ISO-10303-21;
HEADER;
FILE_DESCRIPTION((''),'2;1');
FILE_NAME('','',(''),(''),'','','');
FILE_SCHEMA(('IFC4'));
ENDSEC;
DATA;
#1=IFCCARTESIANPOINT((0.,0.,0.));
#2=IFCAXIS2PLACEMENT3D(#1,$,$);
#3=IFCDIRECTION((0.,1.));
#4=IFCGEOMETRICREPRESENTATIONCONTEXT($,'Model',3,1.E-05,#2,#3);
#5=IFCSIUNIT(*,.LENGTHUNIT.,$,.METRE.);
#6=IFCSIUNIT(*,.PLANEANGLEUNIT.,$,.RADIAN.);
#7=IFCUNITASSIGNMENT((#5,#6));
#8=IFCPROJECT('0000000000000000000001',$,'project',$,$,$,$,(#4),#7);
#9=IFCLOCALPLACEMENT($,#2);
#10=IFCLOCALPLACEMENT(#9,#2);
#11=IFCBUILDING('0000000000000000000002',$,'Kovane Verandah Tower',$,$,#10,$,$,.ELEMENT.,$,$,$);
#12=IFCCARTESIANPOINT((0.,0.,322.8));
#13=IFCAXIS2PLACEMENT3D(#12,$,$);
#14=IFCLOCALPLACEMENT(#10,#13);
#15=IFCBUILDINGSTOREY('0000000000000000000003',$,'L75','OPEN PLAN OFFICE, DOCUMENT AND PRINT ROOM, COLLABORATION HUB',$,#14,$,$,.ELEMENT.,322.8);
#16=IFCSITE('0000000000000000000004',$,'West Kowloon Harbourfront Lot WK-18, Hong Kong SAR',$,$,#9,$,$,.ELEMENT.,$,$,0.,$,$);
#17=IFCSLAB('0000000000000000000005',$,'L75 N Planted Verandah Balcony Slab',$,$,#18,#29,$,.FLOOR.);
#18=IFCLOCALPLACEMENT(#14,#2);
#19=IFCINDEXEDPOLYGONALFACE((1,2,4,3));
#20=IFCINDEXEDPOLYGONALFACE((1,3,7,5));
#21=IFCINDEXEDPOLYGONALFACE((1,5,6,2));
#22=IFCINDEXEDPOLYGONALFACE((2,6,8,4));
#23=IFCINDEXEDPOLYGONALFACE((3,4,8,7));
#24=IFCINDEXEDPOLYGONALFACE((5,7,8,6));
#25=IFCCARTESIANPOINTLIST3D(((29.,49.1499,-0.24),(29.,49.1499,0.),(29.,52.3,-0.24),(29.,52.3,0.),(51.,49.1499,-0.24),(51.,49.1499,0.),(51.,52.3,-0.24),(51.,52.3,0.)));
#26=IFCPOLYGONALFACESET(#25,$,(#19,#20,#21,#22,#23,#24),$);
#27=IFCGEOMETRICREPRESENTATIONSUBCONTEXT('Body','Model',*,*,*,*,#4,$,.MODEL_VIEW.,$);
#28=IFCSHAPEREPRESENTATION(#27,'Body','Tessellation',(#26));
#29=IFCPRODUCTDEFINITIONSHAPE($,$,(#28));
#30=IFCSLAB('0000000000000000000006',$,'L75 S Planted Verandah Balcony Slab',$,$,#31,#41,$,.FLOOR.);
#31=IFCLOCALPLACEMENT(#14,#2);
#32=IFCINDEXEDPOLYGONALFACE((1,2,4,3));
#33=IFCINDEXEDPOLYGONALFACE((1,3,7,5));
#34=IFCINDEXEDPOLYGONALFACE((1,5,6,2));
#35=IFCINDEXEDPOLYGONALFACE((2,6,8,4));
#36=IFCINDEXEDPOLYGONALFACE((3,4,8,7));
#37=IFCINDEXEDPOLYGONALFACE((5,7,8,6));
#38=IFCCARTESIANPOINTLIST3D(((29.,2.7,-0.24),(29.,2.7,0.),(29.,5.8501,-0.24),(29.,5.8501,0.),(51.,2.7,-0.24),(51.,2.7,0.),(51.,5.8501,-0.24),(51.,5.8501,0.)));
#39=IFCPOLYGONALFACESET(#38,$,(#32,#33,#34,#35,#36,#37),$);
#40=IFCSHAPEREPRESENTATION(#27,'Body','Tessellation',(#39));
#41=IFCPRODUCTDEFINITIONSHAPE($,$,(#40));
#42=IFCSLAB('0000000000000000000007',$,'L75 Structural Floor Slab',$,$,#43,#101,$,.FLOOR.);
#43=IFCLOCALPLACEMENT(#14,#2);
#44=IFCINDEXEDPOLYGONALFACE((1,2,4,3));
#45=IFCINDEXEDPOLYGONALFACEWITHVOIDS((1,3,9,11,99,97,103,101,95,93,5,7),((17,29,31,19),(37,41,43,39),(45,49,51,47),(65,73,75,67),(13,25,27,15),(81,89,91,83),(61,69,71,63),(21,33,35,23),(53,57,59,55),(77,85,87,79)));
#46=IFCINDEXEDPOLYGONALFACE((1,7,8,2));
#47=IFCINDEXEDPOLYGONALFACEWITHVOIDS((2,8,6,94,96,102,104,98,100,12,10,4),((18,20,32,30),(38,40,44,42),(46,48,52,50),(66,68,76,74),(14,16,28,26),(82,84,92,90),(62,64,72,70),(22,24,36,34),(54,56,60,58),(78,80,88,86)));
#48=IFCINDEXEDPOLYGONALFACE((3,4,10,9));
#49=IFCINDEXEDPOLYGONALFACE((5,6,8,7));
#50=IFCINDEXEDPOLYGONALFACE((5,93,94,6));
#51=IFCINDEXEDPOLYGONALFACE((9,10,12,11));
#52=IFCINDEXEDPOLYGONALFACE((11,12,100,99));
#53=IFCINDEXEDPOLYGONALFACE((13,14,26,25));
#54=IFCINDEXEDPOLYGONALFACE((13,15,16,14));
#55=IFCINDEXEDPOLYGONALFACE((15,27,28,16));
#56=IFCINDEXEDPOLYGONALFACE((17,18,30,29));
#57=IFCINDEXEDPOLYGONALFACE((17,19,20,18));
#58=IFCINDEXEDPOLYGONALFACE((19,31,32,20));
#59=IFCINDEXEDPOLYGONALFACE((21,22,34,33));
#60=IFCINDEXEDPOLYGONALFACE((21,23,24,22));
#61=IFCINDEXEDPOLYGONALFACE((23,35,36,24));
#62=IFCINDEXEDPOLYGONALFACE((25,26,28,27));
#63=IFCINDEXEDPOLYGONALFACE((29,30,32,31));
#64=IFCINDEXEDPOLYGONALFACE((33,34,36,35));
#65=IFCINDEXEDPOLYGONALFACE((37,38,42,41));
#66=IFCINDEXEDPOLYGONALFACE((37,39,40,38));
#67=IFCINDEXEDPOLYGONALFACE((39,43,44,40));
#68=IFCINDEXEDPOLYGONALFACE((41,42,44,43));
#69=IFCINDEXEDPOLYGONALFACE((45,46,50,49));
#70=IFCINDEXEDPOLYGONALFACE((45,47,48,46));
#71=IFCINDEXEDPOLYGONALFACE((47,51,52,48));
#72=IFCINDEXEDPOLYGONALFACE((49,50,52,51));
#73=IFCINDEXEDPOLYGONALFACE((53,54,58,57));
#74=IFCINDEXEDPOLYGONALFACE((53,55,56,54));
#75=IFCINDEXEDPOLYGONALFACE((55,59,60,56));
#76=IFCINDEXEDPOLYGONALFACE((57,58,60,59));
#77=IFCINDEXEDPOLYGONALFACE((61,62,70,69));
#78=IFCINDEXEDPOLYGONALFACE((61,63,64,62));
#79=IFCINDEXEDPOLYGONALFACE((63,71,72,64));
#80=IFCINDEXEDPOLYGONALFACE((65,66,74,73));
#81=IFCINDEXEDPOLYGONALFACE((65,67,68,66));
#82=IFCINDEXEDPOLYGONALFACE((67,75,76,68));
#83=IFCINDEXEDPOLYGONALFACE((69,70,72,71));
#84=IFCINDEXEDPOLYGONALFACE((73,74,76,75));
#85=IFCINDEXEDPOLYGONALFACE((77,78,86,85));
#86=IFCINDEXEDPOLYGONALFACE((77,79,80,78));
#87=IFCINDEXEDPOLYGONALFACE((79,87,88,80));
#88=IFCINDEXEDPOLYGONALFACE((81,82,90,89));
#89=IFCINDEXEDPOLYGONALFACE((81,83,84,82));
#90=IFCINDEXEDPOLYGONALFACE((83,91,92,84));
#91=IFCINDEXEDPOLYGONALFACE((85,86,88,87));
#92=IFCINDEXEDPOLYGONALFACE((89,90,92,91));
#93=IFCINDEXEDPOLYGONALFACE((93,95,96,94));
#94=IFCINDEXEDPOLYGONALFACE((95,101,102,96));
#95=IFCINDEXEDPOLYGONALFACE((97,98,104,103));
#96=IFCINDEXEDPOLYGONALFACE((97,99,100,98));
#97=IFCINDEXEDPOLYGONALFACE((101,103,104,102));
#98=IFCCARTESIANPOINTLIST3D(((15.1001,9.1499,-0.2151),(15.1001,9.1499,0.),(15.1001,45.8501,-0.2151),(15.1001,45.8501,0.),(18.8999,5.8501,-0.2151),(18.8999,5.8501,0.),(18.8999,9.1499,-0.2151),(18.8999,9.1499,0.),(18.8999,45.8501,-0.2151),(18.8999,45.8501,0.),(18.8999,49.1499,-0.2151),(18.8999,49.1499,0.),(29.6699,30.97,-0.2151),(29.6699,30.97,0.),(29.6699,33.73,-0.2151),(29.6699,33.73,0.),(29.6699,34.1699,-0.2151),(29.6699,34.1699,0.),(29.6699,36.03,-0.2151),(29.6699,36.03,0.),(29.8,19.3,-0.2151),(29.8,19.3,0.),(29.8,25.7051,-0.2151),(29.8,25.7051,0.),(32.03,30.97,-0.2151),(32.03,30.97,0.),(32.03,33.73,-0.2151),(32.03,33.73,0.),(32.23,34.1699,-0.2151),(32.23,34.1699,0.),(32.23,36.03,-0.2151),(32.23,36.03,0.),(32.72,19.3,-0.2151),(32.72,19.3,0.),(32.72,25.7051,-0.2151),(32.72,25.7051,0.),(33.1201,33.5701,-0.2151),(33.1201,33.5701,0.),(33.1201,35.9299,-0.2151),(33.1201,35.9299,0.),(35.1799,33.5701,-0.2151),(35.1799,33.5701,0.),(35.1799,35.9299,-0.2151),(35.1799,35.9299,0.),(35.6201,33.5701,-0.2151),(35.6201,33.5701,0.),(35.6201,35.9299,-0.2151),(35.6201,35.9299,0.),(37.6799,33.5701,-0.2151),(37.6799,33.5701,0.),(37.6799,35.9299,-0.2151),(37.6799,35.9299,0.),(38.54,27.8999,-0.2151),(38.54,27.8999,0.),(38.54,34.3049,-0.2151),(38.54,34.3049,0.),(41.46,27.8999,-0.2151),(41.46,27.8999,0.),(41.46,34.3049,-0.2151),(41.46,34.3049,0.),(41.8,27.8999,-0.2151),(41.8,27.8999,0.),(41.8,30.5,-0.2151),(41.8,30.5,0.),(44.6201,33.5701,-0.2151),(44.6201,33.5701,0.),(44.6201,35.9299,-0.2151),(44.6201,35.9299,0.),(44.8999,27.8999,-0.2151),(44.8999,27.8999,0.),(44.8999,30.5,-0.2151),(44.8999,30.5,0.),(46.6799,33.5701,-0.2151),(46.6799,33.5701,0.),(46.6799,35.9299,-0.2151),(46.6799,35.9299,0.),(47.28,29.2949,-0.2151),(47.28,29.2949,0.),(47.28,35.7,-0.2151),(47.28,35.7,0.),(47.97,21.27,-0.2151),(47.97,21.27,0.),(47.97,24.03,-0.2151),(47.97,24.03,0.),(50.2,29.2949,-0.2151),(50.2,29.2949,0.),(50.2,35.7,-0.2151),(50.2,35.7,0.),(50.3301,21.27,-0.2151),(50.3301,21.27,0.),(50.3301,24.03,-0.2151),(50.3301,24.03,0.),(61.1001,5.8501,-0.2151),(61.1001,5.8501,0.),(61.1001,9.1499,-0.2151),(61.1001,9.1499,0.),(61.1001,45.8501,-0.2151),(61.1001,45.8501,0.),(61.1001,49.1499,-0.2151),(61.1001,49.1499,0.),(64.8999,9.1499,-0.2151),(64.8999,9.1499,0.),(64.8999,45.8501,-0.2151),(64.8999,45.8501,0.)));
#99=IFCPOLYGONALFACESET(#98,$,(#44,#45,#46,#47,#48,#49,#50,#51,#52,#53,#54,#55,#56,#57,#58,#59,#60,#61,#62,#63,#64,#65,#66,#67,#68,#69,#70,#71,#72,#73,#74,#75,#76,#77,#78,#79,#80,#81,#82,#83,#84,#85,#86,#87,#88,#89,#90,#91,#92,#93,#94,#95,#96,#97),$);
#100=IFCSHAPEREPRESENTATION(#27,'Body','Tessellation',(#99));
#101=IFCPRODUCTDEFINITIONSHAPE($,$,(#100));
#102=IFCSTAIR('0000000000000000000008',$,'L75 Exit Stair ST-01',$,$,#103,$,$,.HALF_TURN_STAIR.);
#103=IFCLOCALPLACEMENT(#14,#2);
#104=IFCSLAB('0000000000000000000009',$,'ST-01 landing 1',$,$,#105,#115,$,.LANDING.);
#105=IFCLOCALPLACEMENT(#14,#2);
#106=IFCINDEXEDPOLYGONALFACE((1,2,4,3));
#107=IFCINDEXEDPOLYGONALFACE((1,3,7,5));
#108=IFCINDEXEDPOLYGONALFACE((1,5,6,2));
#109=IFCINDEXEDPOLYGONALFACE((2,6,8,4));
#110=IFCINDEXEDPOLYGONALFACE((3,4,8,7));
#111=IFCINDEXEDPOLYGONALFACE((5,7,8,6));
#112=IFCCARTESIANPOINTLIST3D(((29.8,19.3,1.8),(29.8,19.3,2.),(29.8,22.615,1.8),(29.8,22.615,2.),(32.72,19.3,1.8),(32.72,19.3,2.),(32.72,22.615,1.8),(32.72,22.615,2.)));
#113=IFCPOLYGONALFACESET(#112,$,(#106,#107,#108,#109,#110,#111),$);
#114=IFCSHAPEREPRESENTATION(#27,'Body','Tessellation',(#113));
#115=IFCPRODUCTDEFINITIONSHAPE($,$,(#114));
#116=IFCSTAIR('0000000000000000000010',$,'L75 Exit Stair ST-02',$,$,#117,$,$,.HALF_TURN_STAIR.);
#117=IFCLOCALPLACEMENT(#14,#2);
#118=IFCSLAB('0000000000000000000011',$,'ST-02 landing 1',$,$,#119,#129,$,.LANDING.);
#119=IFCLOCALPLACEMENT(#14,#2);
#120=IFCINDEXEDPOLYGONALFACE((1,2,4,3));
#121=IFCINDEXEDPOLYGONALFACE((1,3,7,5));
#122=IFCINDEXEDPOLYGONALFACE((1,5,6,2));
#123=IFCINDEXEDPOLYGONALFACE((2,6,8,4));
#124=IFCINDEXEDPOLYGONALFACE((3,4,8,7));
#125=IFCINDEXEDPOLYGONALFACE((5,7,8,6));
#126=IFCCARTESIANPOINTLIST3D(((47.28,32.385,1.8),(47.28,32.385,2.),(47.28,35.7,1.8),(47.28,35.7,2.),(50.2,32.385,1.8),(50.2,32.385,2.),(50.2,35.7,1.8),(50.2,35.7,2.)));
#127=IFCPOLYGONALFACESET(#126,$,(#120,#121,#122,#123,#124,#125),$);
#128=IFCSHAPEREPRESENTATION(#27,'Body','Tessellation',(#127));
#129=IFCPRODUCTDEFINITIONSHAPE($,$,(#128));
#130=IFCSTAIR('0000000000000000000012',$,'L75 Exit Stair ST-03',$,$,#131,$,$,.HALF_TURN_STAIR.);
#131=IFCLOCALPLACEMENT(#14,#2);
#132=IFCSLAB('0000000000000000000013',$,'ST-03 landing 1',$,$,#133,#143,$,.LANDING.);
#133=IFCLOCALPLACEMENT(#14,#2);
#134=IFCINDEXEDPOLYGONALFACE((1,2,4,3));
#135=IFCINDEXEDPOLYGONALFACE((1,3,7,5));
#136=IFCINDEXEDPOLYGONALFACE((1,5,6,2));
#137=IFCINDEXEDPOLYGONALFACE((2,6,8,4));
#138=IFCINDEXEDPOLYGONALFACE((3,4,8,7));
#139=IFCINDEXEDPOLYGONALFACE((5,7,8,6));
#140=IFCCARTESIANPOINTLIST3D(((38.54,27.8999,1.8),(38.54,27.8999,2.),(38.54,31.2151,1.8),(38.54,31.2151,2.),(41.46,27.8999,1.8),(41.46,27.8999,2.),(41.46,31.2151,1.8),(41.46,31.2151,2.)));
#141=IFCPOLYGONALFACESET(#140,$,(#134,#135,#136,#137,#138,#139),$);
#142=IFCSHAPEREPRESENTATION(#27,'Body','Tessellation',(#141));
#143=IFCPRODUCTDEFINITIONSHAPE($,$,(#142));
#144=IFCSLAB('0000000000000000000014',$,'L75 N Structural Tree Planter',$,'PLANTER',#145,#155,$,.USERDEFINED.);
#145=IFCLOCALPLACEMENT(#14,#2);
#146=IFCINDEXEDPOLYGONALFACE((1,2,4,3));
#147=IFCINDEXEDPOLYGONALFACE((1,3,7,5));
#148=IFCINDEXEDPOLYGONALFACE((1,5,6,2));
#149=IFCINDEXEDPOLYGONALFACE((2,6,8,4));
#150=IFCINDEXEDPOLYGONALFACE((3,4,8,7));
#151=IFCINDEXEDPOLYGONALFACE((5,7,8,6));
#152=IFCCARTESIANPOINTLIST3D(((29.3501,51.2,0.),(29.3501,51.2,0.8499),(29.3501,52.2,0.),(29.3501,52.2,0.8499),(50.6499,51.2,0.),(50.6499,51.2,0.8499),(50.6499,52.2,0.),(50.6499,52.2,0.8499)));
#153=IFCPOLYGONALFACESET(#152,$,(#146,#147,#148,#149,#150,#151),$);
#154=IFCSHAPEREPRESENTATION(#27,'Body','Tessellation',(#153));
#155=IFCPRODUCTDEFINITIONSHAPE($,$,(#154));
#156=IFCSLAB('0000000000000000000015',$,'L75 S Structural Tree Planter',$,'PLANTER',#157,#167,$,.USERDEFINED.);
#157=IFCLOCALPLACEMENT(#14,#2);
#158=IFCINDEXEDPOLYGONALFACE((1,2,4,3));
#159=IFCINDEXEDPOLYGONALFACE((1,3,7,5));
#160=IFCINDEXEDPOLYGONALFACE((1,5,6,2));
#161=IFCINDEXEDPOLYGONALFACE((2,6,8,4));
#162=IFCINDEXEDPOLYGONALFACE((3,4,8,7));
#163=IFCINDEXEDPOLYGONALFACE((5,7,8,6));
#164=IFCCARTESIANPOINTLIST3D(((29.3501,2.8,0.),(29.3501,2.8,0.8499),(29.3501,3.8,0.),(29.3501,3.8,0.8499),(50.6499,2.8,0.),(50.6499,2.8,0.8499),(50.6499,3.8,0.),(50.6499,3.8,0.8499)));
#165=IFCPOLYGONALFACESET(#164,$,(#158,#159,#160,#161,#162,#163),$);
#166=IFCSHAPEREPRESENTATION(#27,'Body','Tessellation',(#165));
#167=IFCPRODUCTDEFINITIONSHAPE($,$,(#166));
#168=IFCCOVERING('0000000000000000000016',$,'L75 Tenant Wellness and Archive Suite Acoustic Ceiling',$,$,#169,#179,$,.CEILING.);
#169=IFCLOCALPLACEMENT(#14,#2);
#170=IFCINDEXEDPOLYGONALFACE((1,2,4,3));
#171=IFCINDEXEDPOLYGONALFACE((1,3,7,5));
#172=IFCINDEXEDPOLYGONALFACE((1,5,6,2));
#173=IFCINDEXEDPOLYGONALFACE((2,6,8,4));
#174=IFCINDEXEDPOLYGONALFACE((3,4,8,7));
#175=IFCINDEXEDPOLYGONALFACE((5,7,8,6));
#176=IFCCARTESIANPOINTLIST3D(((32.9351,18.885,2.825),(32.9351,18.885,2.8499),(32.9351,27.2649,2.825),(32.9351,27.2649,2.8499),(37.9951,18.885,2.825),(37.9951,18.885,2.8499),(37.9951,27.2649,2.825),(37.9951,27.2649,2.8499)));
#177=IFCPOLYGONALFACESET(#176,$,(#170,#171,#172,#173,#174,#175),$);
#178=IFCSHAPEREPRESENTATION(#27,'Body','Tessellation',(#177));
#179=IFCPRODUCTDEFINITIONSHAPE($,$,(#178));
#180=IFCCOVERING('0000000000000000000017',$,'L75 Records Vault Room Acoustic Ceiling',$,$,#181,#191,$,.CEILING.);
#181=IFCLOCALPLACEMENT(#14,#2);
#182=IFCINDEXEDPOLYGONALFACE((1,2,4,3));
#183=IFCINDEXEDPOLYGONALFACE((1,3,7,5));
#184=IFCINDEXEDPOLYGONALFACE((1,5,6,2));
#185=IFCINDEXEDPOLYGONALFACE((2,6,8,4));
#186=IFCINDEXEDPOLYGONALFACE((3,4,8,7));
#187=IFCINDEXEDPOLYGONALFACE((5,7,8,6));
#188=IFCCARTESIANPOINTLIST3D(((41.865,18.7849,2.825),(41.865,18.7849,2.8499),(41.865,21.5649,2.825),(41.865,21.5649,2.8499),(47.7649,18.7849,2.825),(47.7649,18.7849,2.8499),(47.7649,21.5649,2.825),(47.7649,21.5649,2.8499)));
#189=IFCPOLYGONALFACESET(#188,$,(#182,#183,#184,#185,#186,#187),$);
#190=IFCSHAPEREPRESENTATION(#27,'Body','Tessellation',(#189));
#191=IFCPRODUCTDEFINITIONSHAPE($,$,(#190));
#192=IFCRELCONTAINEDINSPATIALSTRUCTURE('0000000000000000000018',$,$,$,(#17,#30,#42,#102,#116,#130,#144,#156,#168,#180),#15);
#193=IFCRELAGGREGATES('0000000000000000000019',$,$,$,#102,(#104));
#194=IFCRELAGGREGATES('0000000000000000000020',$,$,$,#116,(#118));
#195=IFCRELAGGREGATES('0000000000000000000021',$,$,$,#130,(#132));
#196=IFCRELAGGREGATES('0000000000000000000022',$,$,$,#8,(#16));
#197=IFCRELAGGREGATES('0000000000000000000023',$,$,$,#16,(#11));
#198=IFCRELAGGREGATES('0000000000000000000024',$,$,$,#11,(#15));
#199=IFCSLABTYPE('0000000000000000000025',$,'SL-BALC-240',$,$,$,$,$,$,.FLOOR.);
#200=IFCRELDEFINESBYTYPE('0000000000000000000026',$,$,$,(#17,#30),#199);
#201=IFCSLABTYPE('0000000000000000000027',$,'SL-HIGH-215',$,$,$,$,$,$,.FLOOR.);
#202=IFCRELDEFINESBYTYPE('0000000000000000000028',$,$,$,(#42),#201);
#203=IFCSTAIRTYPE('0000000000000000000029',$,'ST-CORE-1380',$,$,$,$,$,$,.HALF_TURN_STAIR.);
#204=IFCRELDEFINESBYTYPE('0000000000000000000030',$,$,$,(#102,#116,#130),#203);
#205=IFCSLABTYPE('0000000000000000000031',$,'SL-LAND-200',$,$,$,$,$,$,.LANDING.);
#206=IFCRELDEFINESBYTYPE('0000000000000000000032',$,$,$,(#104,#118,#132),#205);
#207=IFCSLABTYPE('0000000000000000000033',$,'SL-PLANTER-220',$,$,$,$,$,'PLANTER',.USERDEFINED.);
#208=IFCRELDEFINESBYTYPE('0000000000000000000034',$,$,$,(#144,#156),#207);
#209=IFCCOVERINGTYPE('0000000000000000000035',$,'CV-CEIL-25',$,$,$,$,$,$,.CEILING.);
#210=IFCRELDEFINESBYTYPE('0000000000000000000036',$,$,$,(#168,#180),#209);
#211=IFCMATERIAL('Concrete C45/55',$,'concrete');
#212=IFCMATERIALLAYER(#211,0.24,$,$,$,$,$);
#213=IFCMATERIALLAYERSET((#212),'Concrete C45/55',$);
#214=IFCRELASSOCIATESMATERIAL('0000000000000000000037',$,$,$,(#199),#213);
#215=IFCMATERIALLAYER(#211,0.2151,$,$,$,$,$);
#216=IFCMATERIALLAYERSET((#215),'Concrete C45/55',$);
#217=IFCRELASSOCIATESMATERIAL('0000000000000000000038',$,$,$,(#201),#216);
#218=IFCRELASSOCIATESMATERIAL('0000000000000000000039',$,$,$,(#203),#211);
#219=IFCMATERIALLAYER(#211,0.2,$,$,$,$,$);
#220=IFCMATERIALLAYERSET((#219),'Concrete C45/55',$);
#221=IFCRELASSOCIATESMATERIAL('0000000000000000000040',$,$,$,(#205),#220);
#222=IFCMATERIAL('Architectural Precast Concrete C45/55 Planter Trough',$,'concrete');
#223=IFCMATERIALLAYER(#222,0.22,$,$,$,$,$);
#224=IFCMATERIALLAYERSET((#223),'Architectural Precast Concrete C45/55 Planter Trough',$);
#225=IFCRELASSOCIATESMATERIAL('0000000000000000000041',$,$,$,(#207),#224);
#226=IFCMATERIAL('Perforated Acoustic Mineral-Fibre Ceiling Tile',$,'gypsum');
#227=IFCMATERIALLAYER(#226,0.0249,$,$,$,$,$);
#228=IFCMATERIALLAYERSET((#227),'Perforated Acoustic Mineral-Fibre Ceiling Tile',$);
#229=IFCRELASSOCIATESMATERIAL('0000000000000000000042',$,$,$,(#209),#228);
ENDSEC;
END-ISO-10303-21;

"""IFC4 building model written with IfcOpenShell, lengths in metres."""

from ifc_helpers import new_model, si_unit, direction, frame, origin, place, context, subcontext, project, spatial, polyline, outline, extrude, material, layer, layer_set, type_object, element, aggregate, save


model = new_model("IFC4")

# Units and contexts
model_context = context("Model", 3, precision=1e-05, world=origin(), true_north=direction((0.0, 1.0)))
body_context = subcontext(model_context, "Body", "Model", "MODEL_VIEW")
ifc_project = project(units=[si_unit("LENGTHUNIT", "METRE"), si_unit("PLANEANGLEUNIT", "RADIAN")], contexts=[model_context])

# Site, building, storey
site_placement = place(None, origin())
site = spatial("IfcSite", under=ifc_project, at=site_placement, Name="West Kowloon Harbourfront Lot WK-18, Hong Kong SAR", CompositionType="ELEMENT", RefElevation=0.0)
building_placement = place(site_placement, origin())
building = spatial("IfcBuilding", under=site, at=building_placement, Name="Kovane Verandah Tower", CompositionType="ELEMENT")
storey_placement = place(building_placement, frame((0.0, 0.0, 322.8)))
storey = spatial("IfcBuildingStorey", under=building, at=storey_placement, Name="L75", Description="OPEN PLAN OFFICE, DOCUMENT AND PRINT ROOM, COLLABORATION HUB", CompositionType="ELEMENT", Elevation=322.8)

# Slabs
ifc_material_1 = material(Name="Concrete C45/55", Category="concrete")
ifc_layer_1 = layer(ifc_material_1, 0.24)
ifc_layer_set_1 = layer_set([ifc_layer_1], Name="Concrete C45/55")
slab_type_1 = type_object("IfcSlabType", Name="SL-BALC-240", PredefinedType="FLOOR", material=ifc_layer_set_1)
slab_1_placement = place(storey_placement, frame((0.0, 0.0, -0.24)))
element("IfcSlab", 1, at=slab_1_placement, inside=storey, type_object=slab_type_1, Name="L75 N Planted Verandah Balcony Slab", PredefinedType="FLOOR", context=body_context, shape_type="SweptSolid", body=[
    extrude(outline(polyline([(29.0, 49.1499), (51.0, 49.1499), (51.0, 52.3), (29.0, 52.3), (29.0, 49.1499)])), origin(), (0.0, 0.0, 1.0), 0.24),
])
slab_2_placement = place(storey_placement, frame((0.0, 0.0, -0.24)))
element("IfcSlab", 2, at=slab_2_placement, inside=storey, type_object=slab_type_1, Name="L75 S Planted Verandah Balcony Slab", PredefinedType="FLOOR", context=body_context, shape_type="SweptSolid", body=[
    extrude(outline(polyline([(29.0, 2.7), (51.0, 2.7), (51.0, 5.8501), (29.0, 5.8501), (29.0, 2.7)])), origin(), (0.0, 0.0, 1.0), 0.24),
])
ifc_layer_2 = layer(ifc_material_1, 0.2151)
ifc_layer_set_2 = layer_set([ifc_layer_2], Name="Concrete C45/55")
slab_type_2 = type_object("IfcSlabType", Name="SL-HIGH-215", PredefinedType="FLOOR", material=ifc_layer_set_2)
slab_3_placement = place(storey_placement, frame((0.0, 0.0, -0.2151)))
element("IfcSlab", 3, at=slab_3_placement, inside=storey, type_object=slab_type_2, Name="L75 Structural Floor Slab", PredefinedType="FLOOR", context=body_context, shape_type="SweptSolid", body=[
    extrude(outline(polyline([(18.8999, 5.8501), (61.1001, 5.8501), (61.1001, 9.1499), (64.8999, 9.1499), (64.8999, 45.8501), (61.1001, 45.8501), (61.1001, 49.1499), (18.8999, 49.1499), (18.8999, 45.8501), (15.1001, 45.8501), (15.1001, 9.1499), (18.8999, 9.1499), (18.8999, 5.8501)]), holes=[polyline([(29.8, 19.3), (32.72, 19.3), (32.72, 25.7051), (29.8, 25.7051), (29.8, 19.3)]), polyline([(47.28, 29.2949), (50.2, 29.2949), (50.2, 35.7), (47.28, 35.7), (47.28, 29.2949)]), polyline([(38.54, 27.8999), (41.46, 27.8999), (41.46, 34.3049), (38.54, 34.3049), (38.54, 27.8999)]), polyline([(29.6699, 30.97), (32.03, 30.97), (32.03, 33.73), (29.6699, 33.73), (29.6699, 30.97)]), polyline([(47.97, 21.27), (50.3301, 21.27), (50.3301, 24.03), (47.97, 24.03), (47.97, 21.27)]), polyline([(29.6699, 34.1699), (32.23, 34.1699), (32.23, 36.03), (29.6699, 36.03), (29.6699, 34.1699)]), polyline([(33.1201, 33.5701), (35.1799, 33.5701), (35.1799, 35.9299), (33.1201, 35.9299), (33.1201, 33.5701)]), polyline([(35.6201, 33.5701), (37.6799, 33.5701), (37.6799, 35.9299), (35.6201, 35.9299), (35.6201, 33.5701)]), polyline([(44.6201, 33.5701), (46.6799, 33.5701), (46.6799, 35.9299), (44.6201, 35.9299), (44.6201, 33.5701)]), polyline([(41.8, 27.8999), (44.8999, 27.8999), (44.8999, 30.5), (41.8, 30.5), (41.8, 27.8999)])]), origin(), (0.0, 0.0, 1.0), 0.2151),
])

# Stairs, slabs
stair_type = type_object("IfcStairType", Name="ST-CORE-1380", PredefinedType="HALF_TURN_STAIR", material=ifc_material_1)
stair_1_placement = place(storey_placement, origin())
stair_1 = element("IfcStair", 4, at=stair_1_placement, inside=storey, type_object=stair_type, Name="L75 Exit Stair ST-01", PredefinedType="HALF_TURN_STAIR")
ifc_layer_3 = layer(ifc_material_1, 0.2)
ifc_layer_set_3 = layer_set([ifc_layer_3], Name="Concrete C45/55")
slab_type_3 = type_object("IfcSlabType", Name="SL-LAND-200", PredefinedType="LANDING", material=ifc_layer_set_3)
slab_4_placement = place(storey_placement, frame((0.0, 0.0, 1.8)))
slab_4 = element("IfcSlab", 5, at=slab_4_placement, type_object=slab_type_3, Name="ST-01 landing 1", PredefinedType="LANDING", context=body_context, shape_type="SweptSolid", body=[
    extrude(outline(polyline([(29.8, 22.615), (29.8, 19.3), (32.72, 19.3), (32.72, 22.615), (29.8, 22.615)])), origin(), (0.0, 0.0, 1.0), 0.2),
])
aggregate(stair_1, [slab_4])
stair_2_placement = place(storey_placement, origin())
stair_2 = element("IfcStair", 6, at=stair_2_placement, inside=storey, type_object=stair_type, Name="L75 Exit Stair ST-02", PredefinedType="HALF_TURN_STAIR")
slab_5_placement = place(storey_placement, frame((0.0, 0.0, 1.8)))
slab_5 = element("IfcSlab", 7, at=slab_5_placement, type_object=slab_type_3, Name="ST-02 landing 1", PredefinedType="LANDING", context=body_context, shape_type="SweptSolid", body=[
    extrude(outline(polyline([(50.2, 32.385), (50.2, 35.7), (47.28, 35.7), (47.28, 32.385), (50.2, 32.385)])), origin(), (0.0, 0.0, 1.0), 0.2),
])
aggregate(stair_2, [slab_5])
stair_3_placement = place(storey_placement, origin())
stair_3 = element("IfcStair", 8, at=stair_3_placement, inside=storey, type_object=stair_type, Name="L75 Exit Stair ST-03", PredefinedType="HALF_TURN_STAIR")
slab_6_placement = place(storey_placement, frame((0.0, 0.0, 1.8)))
slab_6 = element("IfcSlab", 9, at=slab_6_placement, type_object=slab_type_3, Name="ST-03 landing 1", PredefinedType="LANDING", context=body_context, shape_type="SweptSolid", body=[
    extrude(outline(polyline([(38.54, 31.2151), (38.54, 27.8999), (41.46, 27.8999), (41.46, 31.2151), (38.54, 31.2151)])), origin(), (0.0, 0.0, 1.0), 0.2),
])
aggregate(stair_3, [slab_6])

# Slabs
ifc_material_2 = material(Name="Architectural Precast Concrete C45/55 Planter Trough", Category="concrete")
ifc_layer_4 = layer(ifc_material_2, 0.22)
ifc_layer_set_4 = layer_set([ifc_layer_4], Name="Architectural Precast Concrete C45/55 Planter Trough")
slab_type_4 = type_object("IfcSlabType", Name="SL-PLANTER-220", ElementType="PLANTER", PredefinedType="USERDEFINED", material=ifc_layer_set_4)
slab_7_placement = place(storey_placement, origin())
element("IfcSlab", 10, at=slab_7_placement, inside=storey, type_object=slab_type_4, Name="L75 N Structural Tree Planter", ObjectType="PLANTER", PredefinedType="USERDEFINED", context=body_context, shape_type="SweptSolid", body=[
    extrude(outline(polyline([(29.3501, 51.2), (50.6499, 51.2), (50.6499, 52.2), (29.3501, 52.2), (29.3501, 51.2)])), origin(), (0.0, 0.0, 1.0), 0.8499),
])
slab_8_placement = place(storey_placement, origin())
element("IfcSlab", 11, at=slab_8_placement, inside=storey, type_object=slab_type_4, Name="L75 S Structural Tree Planter", ObjectType="PLANTER", PredefinedType="USERDEFINED", context=body_context, shape_type="SweptSolid", body=[
    extrude(outline(polyline([(29.3501, 2.8), (50.6499, 2.8), (50.6499, 3.8), (29.3501, 3.8), (29.3501, 2.8)])), origin(), (0.0, 0.0, 1.0), 0.8499),
])

# Coverings
ifc_material_3 = material(Name="Perforated Acoustic Mineral-Fibre Ceiling Tile", Category="gypsum")
ifc_layer_5 = layer(ifc_material_3, 0.0249)
ifc_layer_set_5 = layer_set([ifc_layer_5], Name="Perforated Acoustic Mineral-Fibre Ceiling Tile")
covering_type_1 = type_object("IfcCoveringType", Name="CV-CEIL-25", PredefinedType="CEILING", material=ifc_layer_set_5)
covering_1_placement = place(storey_placement, frame((0.0, 0.0, 2.825)))
element("IfcCovering", 12, at=covering_1_placement, inside=storey, type_object=covering_type_1, Name="L75 Tenant Wellness and Archive Suite Acoustic Ceiling", PredefinedType="CEILING", context=body_context, shape_type="SweptSolid", body=[
    extrude(outline(polyline([(32.9351, 18.885), (37.9951, 18.885), (37.9951, 27.2649), (32.9351, 27.2649), (32.9351, 18.885)])), origin(), (0.0, 0.0, 1.0), 0.0249),
])
covering_2_placement = place(storey_placement, frame((0.0, 0.0, 2.825)))
element("IfcCovering", 13, at=covering_2_placement, inside=storey, type_object=covering_type_1, Name="L75 Records Vault Room Acoustic Ceiling", PredefinedType="CEILING", context=body_context, shape_type="SweptSolid", body=[
    extrude(outline(polyline([(41.865, 18.7849), (47.7649, 18.7849), (47.7649, 21.5649), (41.865, 21.5649), (41.865, 18.7849)])), origin(), (0.0, 0.0, 1.0), 0.0249),
])

save(model, "model.ifc")
